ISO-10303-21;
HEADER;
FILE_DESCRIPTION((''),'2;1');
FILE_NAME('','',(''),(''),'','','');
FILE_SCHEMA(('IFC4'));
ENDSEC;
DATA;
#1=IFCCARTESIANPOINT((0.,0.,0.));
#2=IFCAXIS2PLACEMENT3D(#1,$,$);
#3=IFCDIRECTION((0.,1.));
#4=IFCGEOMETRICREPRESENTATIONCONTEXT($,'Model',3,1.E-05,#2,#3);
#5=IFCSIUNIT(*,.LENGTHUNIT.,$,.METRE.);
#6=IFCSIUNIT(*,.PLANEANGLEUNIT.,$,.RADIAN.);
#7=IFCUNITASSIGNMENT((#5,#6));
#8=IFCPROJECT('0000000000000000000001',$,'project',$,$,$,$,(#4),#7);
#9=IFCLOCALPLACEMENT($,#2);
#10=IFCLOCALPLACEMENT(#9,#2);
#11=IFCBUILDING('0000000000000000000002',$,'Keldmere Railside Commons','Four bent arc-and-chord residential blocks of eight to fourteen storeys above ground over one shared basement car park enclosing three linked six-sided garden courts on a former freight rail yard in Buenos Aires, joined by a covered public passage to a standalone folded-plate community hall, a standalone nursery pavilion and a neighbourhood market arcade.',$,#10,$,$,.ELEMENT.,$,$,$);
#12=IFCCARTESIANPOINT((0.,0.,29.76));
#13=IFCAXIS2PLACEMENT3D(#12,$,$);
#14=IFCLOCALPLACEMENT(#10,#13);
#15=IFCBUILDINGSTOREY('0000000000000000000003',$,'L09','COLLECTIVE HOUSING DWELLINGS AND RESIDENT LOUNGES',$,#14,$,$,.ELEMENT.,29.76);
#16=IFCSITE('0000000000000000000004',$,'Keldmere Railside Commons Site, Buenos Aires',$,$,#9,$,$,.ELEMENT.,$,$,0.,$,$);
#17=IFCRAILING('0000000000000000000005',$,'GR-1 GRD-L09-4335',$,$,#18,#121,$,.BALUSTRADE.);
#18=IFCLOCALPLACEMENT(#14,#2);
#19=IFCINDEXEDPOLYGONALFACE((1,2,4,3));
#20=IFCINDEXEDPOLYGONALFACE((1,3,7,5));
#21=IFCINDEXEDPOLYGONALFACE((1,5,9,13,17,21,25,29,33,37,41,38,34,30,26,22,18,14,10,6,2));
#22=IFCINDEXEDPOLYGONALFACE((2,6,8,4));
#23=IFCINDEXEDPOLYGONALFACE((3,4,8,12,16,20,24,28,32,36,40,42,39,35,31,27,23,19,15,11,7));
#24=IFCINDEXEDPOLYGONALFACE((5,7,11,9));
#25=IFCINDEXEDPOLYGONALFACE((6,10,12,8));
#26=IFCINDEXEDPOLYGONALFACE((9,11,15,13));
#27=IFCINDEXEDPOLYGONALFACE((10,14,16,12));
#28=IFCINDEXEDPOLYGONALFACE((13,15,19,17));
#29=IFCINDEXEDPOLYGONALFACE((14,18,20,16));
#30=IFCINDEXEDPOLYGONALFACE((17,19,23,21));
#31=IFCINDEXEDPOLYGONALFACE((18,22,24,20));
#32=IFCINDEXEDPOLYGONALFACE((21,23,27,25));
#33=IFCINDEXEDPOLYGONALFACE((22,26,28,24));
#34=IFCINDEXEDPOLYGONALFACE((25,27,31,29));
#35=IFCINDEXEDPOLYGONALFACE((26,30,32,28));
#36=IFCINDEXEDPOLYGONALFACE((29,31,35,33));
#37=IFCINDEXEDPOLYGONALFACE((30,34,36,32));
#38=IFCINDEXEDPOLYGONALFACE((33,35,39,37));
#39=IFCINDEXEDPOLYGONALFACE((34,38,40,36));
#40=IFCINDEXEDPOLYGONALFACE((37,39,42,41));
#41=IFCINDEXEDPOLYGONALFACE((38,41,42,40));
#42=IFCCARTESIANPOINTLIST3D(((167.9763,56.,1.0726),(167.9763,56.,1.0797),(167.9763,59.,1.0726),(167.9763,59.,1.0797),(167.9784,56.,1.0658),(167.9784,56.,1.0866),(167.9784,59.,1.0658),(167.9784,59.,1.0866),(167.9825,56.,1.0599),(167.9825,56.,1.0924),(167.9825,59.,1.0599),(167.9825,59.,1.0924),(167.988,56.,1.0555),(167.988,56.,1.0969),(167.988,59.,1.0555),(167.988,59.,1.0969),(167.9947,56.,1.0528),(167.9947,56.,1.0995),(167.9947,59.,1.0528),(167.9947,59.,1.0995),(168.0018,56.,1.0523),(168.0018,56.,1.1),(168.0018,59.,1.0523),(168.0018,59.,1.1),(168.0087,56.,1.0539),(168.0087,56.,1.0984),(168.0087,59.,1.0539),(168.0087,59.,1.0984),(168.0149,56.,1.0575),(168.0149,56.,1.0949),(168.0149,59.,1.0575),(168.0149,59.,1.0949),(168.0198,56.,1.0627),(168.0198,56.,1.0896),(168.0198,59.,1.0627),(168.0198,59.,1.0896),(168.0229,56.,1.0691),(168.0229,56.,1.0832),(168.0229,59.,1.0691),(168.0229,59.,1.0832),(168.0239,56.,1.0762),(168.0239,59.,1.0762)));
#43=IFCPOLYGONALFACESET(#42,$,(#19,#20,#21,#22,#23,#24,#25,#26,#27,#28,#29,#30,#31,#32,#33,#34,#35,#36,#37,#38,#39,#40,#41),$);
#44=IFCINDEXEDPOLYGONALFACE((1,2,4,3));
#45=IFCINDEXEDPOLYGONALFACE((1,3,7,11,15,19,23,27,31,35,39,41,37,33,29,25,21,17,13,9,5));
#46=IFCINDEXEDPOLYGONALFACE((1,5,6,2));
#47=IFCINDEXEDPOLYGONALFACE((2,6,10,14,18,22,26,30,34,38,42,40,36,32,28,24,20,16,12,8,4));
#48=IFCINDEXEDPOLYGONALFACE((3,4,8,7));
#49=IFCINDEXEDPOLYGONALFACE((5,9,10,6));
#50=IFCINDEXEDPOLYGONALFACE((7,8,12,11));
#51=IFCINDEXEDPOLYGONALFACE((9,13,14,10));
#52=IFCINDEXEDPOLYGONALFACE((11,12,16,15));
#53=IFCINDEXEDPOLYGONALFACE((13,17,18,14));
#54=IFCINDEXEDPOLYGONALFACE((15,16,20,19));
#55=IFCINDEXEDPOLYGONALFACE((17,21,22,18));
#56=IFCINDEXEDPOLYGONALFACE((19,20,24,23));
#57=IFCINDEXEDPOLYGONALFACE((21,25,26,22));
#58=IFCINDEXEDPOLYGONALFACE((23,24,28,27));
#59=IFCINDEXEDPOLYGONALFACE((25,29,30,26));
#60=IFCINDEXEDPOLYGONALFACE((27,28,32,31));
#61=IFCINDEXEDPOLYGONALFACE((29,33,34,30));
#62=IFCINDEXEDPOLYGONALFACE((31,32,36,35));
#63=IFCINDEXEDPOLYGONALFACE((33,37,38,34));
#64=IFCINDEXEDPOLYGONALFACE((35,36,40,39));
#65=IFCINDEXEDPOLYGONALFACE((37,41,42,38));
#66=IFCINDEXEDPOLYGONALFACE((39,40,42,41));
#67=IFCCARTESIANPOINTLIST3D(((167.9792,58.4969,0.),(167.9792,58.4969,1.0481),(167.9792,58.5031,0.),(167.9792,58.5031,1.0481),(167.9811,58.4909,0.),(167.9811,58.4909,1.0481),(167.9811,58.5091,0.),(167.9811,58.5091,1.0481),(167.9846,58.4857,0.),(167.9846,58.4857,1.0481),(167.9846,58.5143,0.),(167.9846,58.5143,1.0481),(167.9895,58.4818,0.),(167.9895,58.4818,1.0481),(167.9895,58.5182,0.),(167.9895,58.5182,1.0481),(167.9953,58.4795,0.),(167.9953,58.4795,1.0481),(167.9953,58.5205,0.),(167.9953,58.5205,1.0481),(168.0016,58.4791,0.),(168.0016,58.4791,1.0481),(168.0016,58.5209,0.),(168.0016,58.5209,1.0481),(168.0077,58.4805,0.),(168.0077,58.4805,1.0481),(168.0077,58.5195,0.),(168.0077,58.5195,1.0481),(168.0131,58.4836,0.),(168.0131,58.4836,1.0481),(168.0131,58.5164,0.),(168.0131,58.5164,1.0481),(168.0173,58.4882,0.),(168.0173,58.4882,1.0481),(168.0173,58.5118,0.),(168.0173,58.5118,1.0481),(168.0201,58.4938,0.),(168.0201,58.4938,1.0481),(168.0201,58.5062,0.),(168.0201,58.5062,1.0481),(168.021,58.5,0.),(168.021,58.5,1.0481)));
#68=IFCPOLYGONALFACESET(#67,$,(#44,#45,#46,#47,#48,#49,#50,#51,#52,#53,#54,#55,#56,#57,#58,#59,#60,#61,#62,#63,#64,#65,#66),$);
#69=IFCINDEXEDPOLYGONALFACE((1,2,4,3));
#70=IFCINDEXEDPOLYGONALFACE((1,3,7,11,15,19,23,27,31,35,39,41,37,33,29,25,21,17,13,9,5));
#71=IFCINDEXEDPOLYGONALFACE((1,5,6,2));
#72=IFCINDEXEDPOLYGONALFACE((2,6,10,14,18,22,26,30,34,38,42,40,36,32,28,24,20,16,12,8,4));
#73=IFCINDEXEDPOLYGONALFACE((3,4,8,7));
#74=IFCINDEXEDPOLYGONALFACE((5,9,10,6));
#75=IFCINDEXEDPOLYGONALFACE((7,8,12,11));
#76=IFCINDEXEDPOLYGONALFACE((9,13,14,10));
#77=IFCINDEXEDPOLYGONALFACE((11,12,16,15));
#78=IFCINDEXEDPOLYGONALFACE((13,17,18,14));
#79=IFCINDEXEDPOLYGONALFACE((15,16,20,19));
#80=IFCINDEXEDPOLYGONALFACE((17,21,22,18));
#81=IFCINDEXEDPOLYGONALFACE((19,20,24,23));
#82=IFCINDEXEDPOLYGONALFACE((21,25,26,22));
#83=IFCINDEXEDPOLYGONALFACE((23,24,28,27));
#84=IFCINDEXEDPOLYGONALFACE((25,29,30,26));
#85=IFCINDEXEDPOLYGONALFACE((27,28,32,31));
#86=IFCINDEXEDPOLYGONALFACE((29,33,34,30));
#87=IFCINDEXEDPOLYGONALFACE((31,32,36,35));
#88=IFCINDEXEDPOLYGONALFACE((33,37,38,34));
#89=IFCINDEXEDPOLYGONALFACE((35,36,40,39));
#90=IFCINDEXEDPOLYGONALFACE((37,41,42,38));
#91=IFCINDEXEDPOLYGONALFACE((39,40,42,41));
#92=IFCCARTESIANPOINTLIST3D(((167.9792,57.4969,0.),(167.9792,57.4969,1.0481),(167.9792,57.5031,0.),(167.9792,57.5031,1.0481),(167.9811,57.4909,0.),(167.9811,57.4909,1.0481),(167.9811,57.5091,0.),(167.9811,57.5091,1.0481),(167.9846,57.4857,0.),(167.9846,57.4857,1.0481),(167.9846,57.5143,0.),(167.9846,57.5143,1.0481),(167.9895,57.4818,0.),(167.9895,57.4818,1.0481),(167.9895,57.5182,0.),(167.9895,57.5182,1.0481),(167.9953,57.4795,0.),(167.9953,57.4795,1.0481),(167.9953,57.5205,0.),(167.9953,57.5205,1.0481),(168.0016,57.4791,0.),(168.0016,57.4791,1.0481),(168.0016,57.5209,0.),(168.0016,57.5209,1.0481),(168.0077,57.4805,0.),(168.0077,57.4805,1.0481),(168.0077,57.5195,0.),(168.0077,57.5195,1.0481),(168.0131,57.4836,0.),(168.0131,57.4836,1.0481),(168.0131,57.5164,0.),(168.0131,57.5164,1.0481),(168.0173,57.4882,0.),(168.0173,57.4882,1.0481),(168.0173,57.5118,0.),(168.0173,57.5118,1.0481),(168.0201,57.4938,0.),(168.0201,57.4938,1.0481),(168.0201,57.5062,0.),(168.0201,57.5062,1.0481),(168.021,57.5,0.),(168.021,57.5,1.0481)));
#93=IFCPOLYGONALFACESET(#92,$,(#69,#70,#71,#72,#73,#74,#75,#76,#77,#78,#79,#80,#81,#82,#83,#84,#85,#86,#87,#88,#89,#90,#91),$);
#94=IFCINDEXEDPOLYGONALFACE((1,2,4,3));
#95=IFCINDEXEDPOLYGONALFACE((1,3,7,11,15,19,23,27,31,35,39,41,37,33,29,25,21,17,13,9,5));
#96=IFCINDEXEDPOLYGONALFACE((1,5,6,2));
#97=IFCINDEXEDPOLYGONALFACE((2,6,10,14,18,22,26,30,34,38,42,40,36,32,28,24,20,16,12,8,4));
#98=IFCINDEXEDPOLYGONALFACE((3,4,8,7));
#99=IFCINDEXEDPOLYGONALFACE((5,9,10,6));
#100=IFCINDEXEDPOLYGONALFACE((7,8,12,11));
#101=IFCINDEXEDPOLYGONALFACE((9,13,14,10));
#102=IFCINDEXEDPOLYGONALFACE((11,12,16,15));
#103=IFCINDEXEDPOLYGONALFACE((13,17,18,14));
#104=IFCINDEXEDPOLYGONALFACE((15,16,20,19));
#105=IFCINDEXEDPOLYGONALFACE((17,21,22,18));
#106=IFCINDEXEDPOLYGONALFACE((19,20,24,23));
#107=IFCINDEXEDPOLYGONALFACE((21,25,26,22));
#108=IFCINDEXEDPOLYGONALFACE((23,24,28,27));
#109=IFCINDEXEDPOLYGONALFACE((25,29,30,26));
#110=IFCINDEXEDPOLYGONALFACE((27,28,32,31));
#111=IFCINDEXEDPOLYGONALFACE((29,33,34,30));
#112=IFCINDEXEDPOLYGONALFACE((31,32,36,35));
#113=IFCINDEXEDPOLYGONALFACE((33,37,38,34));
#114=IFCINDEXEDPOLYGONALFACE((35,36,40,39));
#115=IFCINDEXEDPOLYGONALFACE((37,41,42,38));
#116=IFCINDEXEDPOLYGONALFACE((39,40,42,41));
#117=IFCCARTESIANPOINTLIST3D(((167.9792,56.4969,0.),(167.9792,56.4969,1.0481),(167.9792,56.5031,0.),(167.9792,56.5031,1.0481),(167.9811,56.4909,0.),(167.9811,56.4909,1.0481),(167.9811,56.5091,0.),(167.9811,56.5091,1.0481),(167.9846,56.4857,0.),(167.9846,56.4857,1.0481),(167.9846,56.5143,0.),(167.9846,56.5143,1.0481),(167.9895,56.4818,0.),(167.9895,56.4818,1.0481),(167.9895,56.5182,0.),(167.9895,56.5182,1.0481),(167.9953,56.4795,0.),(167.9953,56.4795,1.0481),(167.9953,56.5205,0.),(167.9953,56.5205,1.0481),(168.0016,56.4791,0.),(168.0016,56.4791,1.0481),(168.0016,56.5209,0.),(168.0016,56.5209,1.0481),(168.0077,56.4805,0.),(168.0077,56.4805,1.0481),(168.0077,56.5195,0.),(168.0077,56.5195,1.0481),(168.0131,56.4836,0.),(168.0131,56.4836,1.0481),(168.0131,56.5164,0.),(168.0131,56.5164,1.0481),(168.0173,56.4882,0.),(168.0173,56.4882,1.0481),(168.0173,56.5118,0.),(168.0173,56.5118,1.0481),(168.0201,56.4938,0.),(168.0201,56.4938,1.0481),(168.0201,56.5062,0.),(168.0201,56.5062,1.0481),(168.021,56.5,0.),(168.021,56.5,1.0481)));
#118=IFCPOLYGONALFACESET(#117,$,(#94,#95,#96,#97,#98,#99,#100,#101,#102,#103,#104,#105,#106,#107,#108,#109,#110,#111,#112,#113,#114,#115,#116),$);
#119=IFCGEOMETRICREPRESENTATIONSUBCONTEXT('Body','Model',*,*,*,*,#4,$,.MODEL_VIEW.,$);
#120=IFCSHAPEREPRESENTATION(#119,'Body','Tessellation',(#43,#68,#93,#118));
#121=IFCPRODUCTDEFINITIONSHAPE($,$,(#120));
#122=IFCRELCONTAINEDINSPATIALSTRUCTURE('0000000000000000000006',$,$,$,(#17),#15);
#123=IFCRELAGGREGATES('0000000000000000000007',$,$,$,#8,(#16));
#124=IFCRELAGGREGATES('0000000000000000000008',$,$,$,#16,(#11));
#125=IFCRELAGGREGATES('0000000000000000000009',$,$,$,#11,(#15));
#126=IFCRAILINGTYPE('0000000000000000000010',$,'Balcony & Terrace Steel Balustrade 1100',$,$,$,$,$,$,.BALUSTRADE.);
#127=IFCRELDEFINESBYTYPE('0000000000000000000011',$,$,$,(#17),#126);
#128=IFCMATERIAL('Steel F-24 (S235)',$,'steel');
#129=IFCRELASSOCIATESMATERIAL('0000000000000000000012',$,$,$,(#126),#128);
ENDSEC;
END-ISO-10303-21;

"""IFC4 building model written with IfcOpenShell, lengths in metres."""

from ifc_helpers import new_model, si_unit, direction, frame, origin, origin_2d, place, context, subcontext, project, spatial, circle, extrude, material, type_object, element, save


model = new_model("IFC4")

# Units and contexts
model_context = context("Model", 3, precision=1e-05, world=origin(), true_north=direction((0.0, 1.0)))
body_context = subcontext(model_context, "Body", "Model", "MODEL_VIEW")
ifc_project = project(units=[si_unit("LENGTHUNIT", "METRE"), si_unit("PLANEANGLEUNIT", "RADIAN")], contexts=[model_context])

# Site, building, storey
site_placement = place(None, origin())
site = spatial("IfcSite", under=ifc_project, at=site_placement, Name="Keldmere Railside Commons Site, Buenos Aires", CompositionType="ELEMENT", RefElevation=0.0)
building_placement = place(site_placement, origin())
building = spatial("IfcBuilding", under=site, at=building_placement, Name="Keldmere Railside Commons", Description="Four bent arc-and-chord residential blocks of eight to fourteen storeys above ground over one shared basement car park enclosing three linked six-sided garden courts on a former freight rail yard in Buenos Aires, joined by a covered public passage to a standalone folded-plate community hall, a standalone nursery pavilion and a neighbourhood market arcade.", CompositionType="ELEMENT")
storey_placement = place(building_placement, frame((0.0, 0.0, 29.76)))
storey = spatial("IfcBuildingStorey", under=building, at=storey_placement, Name="L09", Description="COLLECTIVE HOUSING DWELLINGS AND RESIDENT LOUNGES", CompositionType="ELEMENT", Elevation=29.76)

# Railing
ifc_material_1 = material(Name="Steel F-24 (S235)", Category="steel")
railing_type = type_object("IfcRailingType", Name="Balcony & Terrace Steel Balustrade 1100", PredefinedType="BALUSTRADE", material=ifc_material_1)
railing_1_placement = place(storey_placement, frame((168.0, 59.0, 0.0)))
element("IfcRailing", 1, at=railing_1_placement, inside=storey, type_object=railing_type, Name="GR-1 GRD-L09-4335", PredefinedType="BALUSTRADE", context=body_context, shape_type="SweptSolid", body=[
    extrude(circle(Radius=0.0239, at=origin_2d()), frame((0.0, 0.0, 1.0762), z_axis=(0.0, -1.0, 0.0), x_axis=(1.0, 0.0, 0.0)), (0.0, 0.0, 1.0), 3.0),
    extrude(circle(Radius=0.021, at=origin_2d()), frame((0.0, -0.5, 0.0)), (0.0, 0.0, 1.0), 1.0481),
    extrude(circle(Radius=0.021, at=origin_2d()), frame((0.0, -1.5, 0.0)), (0.0, 0.0, 1.0), 1.0481),
    extrude(circle(Radius=0.021, at=origin_2d()), frame((0.0, -2.5, 0.0)), (0.0, 0.0, 1.0), 1.0481),
])

save(model, "model.ifc")
